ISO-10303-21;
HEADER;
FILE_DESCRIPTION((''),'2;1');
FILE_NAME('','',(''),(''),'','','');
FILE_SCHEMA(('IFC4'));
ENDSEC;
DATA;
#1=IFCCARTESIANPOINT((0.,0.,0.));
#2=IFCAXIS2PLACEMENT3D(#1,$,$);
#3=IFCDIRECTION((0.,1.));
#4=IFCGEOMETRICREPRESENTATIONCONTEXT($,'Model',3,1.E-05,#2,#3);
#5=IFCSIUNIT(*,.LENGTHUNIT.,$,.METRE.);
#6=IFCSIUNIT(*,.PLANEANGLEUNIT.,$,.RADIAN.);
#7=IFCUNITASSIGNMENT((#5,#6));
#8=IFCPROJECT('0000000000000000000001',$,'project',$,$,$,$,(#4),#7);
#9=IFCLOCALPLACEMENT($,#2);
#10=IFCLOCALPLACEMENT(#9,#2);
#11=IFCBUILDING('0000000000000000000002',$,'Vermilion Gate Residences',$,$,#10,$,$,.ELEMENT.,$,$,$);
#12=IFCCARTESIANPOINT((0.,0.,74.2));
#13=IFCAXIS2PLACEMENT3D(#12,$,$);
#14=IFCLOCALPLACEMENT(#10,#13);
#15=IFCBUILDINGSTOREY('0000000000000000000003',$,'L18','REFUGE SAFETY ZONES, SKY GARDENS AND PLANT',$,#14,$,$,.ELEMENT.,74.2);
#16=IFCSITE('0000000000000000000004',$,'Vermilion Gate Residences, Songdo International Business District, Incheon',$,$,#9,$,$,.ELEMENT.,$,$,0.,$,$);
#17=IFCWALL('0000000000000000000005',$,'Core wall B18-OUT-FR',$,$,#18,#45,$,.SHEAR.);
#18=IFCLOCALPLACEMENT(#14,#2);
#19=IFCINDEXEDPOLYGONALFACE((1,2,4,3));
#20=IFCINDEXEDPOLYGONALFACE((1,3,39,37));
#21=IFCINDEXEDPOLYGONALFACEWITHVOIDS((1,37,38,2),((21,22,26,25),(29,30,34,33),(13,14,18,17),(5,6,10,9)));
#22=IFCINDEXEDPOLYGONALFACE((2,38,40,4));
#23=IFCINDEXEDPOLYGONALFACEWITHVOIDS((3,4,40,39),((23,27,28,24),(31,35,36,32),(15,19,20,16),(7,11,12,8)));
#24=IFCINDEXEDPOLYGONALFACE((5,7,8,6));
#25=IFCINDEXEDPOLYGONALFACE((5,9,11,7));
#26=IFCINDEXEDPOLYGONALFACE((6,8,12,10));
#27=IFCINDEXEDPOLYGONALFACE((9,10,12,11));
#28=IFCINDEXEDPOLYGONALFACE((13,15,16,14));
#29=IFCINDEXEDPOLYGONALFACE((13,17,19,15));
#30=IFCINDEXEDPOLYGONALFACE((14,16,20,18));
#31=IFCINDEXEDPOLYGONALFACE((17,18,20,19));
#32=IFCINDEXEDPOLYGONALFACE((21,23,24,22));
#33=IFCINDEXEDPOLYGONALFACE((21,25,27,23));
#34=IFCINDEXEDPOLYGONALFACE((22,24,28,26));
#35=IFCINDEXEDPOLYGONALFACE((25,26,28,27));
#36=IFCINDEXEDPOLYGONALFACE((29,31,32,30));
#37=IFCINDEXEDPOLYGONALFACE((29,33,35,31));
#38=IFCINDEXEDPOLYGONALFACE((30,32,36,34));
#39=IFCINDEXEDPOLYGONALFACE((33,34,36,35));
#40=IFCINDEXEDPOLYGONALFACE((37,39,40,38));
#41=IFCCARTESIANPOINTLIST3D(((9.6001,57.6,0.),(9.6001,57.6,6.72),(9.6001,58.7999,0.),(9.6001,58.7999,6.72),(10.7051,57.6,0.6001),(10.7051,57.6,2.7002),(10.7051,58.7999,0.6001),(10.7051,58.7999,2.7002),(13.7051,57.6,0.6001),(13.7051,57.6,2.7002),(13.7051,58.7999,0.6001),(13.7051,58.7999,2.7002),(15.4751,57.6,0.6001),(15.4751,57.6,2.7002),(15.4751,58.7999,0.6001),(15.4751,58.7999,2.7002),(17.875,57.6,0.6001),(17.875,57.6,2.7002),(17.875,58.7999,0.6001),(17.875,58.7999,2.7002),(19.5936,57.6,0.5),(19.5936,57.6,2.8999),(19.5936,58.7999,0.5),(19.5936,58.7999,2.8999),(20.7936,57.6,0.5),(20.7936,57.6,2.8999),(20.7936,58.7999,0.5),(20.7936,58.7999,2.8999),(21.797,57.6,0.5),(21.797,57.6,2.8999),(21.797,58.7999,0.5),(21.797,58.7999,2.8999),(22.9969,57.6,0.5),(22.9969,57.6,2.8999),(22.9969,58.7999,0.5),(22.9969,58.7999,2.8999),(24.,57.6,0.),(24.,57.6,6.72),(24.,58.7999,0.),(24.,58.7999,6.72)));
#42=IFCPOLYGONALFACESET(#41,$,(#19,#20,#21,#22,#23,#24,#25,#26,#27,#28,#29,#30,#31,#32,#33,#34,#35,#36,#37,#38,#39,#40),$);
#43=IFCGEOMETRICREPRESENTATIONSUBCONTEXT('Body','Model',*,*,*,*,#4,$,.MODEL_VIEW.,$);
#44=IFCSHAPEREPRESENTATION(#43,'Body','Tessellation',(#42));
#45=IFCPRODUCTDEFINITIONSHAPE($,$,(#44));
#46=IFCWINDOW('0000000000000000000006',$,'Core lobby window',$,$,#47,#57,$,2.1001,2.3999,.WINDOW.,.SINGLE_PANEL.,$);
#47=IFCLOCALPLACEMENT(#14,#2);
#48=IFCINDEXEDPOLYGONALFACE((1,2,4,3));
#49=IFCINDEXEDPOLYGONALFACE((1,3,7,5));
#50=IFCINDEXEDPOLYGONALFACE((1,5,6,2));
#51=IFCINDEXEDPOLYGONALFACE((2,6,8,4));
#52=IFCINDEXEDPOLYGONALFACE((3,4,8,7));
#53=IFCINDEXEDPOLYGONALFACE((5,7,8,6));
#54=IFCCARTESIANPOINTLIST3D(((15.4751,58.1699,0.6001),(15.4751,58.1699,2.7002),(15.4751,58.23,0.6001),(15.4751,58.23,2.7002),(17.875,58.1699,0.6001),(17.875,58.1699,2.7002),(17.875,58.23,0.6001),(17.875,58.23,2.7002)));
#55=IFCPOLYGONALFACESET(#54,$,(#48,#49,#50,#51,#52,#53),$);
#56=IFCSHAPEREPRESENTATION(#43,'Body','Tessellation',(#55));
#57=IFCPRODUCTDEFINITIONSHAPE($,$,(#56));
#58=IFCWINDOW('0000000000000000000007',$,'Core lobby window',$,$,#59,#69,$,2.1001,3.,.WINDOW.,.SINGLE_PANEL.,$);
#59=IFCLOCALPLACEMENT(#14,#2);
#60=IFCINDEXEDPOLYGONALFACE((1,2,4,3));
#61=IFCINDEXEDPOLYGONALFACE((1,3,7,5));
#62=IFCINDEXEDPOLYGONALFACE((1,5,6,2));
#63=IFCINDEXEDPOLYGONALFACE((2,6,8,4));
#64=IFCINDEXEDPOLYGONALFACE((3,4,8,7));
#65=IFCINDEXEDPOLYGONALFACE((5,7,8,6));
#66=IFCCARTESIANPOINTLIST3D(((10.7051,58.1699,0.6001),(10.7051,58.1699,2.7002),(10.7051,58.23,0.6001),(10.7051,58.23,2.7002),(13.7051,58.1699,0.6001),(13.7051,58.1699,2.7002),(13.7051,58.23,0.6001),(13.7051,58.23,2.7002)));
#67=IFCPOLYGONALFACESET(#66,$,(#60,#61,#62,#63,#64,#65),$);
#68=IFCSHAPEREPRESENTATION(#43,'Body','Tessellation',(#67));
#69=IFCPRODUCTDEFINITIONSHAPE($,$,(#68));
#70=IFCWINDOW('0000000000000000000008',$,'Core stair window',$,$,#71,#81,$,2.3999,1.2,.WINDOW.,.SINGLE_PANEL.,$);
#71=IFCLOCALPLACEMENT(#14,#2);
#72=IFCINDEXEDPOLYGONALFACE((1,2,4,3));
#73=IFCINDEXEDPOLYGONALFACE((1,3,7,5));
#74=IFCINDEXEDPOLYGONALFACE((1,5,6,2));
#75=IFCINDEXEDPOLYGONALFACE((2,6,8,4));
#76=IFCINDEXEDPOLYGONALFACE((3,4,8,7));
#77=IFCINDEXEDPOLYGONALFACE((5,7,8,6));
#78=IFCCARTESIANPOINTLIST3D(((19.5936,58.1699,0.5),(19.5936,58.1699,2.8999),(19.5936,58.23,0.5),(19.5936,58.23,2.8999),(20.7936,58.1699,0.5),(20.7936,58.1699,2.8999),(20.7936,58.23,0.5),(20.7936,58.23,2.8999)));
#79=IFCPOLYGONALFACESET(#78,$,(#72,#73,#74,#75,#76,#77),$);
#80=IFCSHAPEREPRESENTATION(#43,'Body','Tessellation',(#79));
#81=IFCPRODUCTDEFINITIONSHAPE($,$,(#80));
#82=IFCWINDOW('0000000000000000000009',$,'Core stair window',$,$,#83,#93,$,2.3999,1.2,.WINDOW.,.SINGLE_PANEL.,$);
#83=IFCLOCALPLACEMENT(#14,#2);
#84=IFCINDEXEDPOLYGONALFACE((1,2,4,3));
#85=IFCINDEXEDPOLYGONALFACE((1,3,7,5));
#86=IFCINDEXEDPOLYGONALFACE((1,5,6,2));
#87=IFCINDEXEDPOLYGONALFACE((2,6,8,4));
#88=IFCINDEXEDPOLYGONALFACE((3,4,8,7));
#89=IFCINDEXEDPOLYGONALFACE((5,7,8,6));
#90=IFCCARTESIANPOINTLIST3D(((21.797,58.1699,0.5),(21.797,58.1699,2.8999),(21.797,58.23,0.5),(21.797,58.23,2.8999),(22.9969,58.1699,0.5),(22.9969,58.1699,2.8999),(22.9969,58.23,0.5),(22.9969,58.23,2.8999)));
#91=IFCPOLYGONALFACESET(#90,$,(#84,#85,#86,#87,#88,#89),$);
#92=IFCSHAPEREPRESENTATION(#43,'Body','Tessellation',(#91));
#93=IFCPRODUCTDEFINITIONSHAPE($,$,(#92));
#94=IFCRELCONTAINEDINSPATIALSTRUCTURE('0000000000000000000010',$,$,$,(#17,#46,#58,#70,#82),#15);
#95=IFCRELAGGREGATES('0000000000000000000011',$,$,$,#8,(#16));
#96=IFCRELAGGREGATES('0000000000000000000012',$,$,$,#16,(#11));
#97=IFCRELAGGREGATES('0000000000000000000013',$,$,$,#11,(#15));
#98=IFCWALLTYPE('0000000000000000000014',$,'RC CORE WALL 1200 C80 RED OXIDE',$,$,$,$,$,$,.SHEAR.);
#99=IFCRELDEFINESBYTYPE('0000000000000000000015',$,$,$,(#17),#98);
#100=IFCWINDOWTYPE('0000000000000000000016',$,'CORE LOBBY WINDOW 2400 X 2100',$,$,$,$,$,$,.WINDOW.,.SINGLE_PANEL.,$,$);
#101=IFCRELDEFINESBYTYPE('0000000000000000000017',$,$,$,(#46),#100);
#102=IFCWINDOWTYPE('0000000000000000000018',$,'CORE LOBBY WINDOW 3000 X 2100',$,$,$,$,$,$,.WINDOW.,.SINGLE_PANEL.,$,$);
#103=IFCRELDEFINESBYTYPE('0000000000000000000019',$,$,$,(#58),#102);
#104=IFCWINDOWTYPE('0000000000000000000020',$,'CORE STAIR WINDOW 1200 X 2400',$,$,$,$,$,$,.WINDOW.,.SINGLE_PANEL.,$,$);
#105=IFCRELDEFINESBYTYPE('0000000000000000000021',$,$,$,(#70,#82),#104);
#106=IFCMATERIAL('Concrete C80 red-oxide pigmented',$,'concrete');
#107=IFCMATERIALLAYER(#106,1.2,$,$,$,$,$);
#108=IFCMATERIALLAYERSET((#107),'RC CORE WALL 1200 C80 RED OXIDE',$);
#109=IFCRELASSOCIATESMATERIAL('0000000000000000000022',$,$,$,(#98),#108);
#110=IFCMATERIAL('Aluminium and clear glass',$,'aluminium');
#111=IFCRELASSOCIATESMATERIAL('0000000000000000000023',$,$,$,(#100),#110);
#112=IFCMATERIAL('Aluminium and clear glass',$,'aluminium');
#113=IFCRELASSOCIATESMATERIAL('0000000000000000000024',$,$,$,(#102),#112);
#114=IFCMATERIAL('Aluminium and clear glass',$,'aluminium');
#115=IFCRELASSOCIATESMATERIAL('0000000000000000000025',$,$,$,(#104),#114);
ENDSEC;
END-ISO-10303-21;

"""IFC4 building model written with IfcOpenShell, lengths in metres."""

from ifc_helpers import new_model, si_unit, direction, frame, frame_2d, origin, place, context, subcontext, project, spatial, rectangle, extrude, material, layer, layer_set, type_object, element, fill, save


model = new_model("IFC4")

# Units and contexts
model_context = context("Model", 3, precision=1e-05, world=origin(), true_north=direction((0.0, 1.0)))
body_context = subcontext(model_context, "Body", "Model", "MODEL_VIEW")
ifc_project = project(units=[si_unit("LENGTHUNIT", "METRE"), si_unit("PLANEANGLEUNIT", "RADIAN")], contexts=[model_context])

# Site, building, storey
site_placement = place(None, origin())
site = spatial("IfcSite", under=ifc_project, at=site_placement, Name="Vermilion Gate Residences, Songdo International Business District, Incheon", CompositionType="ELEMENT", RefElevation=0.0)
building_placement = place(site_placement, origin())
building = spatial("IfcBuilding", under=site, at=building_placement, Name="Vermilion Gate Residences", CompositionType="ELEMENT")
storey_placement = place(building_placement, frame((0.0, 0.0, 74.2)))
storey = spatial("IfcBuildingStorey", under=building, at=storey_placement, Name="L18", Description="REFUGE SAFETY ZONES, SKY GARDENS AND PLANT", CompositionType="ELEMENT", Elevation=74.2)

# Wall, openings, windows
ifc_material_1 = material(Name="Concrete C80 red-oxide pigmented", Category="concrete")
ifc_layer_1 = layer(ifc_material_1, 1.2)
ifc_layer_set_1 = layer_set([ifc_layer_1], Name="RC CORE WALL 1200 C80 RED OXIDE")
wall_type_1 = type_object("IfcWallType", Name="RC CORE WALL 1200 C80 RED OXIDE", PredefinedType="SHEAR", material=ifc_layer_set_1)
wall_1_placement = place(storey_placement, frame((9.6001, 58.2, 0.0), z_axis=(0.0, 0.0, 1.0), x_axis=(1.0, 0.0, 0.0)))
wall_1 = element("IfcWall", 1, at=wall_1_placement, inside=storey, type_object=wall_type_1, Name="Core wall B18-OUT-FR", PredefinedType="SHEAR", context=body_context, shape_type="SweptSolid", body=[
    extrude(rectangle(XDim=14.3999, YDim=1.2, at=frame_2d((7.2, 0.0))), origin(), (0.0, 0.0, 1.0), 6.72),
])
opening_1_placement = place(wall_1_placement, frame((1.105, 0.0, 0.6001)))
opening_1 = element("IfcOpeningElement", 2, at=opening_1_placement, cuts=wall_1, PredefinedType="OPENING", context=body_context, shape_type="SweptSolid", body=[
    extrude(rectangle(XDim=3.0, YDim=2.1001, at=frame_2d((1.5, 1.05))), frame((0.0, 0.6099, 0.0), z_axis=(0.0, -1.0, 0.0), x_axis=(1.0, 0.0, 0.0)), (0.0, 0.0, 1.0), 1.22),
])
opening_2_placement = place(wall_1_placement, frame((5.875, 0.0, 0.6001)))
opening_2 = element("IfcOpeningElement", 3, at=opening_2_placement, cuts=wall_1, PredefinedType="OPENING", context=body_context, shape_type="SweptSolid", body=[
    extrude(rectangle(XDim=2.3999, YDim=2.1001, at=frame_2d((1.2, 1.05))), frame((0.0, 0.6099, 0.0), z_axis=(0.0, -1.0, 0.0), x_axis=(1.0, 0.0, 0.0)), (0.0, 0.0, 1.0), 1.22),
])
opening_3_placement = place(wall_1_placement, frame((9.9934, 0.0, 0.5)))
opening_3 = element("IfcOpeningElement", 4, at=opening_3_placement, cuts=wall_1, PredefinedType="OPENING", context=body_context, shape_type="SweptSolid", body=[
    extrude(rectangle(XDim=1.2, YDim=2.3999, at=frame_2d((0.6001, 1.2))), frame((0.0, 0.6099, 0.0), z_axis=(0.0, -1.0, 0.0), x_axis=(1.0, 0.0, 0.0)), (0.0, 0.0, 1.0), 1.22),
])
opening_4_placement = place(wall_1_placement, frame((12.1968, 0.0, 0.5)))
opening_4 = element("IfcOpeningElement", 5, at=opening_4_placement, cuts=wall_1, PredefinedType="OPENING", context=body_context, shape_type="SweptSolid", body=[
    extrude(rectangle(XDim=1.2, YDim=2.3999, at=frame_2d((0.6001, 1.2))), frame((0.0, 0.6099, 0.0), z_axis=(0.0, -1.0, 0.0), x_axis=(1.0, 0.0, 0.0)), (0.0, 0.0, 1.0), 1.22),
])
ifc_material_2 = material(Name="Aluminium and clear glass", Category="aluminium")
window_type_1 = type_object("IfcWindowType", Name="CORE LOBBY WINDOW 2400 X 2100", PartitioningType="SINGLE_PANEL", PredefinedType="WINDOW", material=ifc_material_2)
window_1_placement = place(opening_2_placement, origin())
window_1 = element("IfcWindow", 6, at=window_1_placement, inside=storey, type_object=window_type_1, Name="Core lobby window", OverallHeight=2.1001, OverallWidth=2.3999, PartitioningType="SINGLE_PANEL", PredefinedType="WINDOW", context=body_context, shape_type="SweptSolid", body=[
    extrude(rectangle(XDim=2.3999, YDim=2.1001, at=frame_2d((1.2, 1.05))), frame((0.0, 0.03, 0.0), z_axis=(0.0, -1.0, 0.0), x_axis=(1.0, 0.0, 0.0)), (0.0, 0.0, 1.0), 0.0601),
])
fill(opening_2, window_1)
ifc_material_3 = material(Name="Aluminium and clear glass", Category="aluminium")
window_type_2 = type_object("IfcWindowType", Name="CORE LOBBY WINDOW 3000 X 2100", PartitioningType="SINGLE_PANEL", PredefinedType="WINDOW", material=ifc_material_3)
window_2_placement = place(opening_1_placement, origin())
window_2 = element("IfcWindow", 7, at=window_2_placement, inside=storey, type_object=window_type_2, Name="Core lobby window", OverallHeight=2.1001, OverallWidth=3.0, PartitioningType="SINGLE_PANEL", PredefinedType="WINDOW", context=body_context, shape_type="SweptSolid", body=[
    extrude(rectangle(XDim=3.0, YDim=2.1001, at=frame_2d((1.5, 1.05))), frame((0.0, 0.03, 0.0), z_axis=(0.0, -1.0, 0.0), x_axis=(1.0, 0.0, 0.0)), (0.0, 0.0, 1.0), 0.0601),
])
fill(opening_1, window_2)
ifc_material_4 = material(Name="Aluminium and clear glass", Category="aluminium")
window_type_3 = type_object("IfcWindowType", Name="CORE STAIR WINDOW 1200 X 2400", PartitioningType="SINGLE_PANEL", PredefinedType="WINDOW", material=ifc_material_4)
window_3_placement = place(opening_3_placement, origin())
window_3 = element("IfcWindow", 8, at=window_3_placement, inside=storey, type_object=window_type_3, Name="Core stair window", OverallHeight=2.3999, OverallWidth=1.2, PartitioningType="SINGLE_PANEL", PredefinedType="WINDOW", context=body_context, shape_type="SweptSolid", body=[
    extrude(rectangle(XDim=1.2, YDim=2.3999, at=frame_2d((0.6001, 1.2))), frame((0.0, 0.03, 0.0), z_axis=(0.0, -1.0, 0.0), x_axis=(1.0, 0.0, 0.0)), (0.0, 0.0, 1.0), 0.0601),
])
fill(opening_3, window_3)
window_4_placement = place(opening_4_placement, origin())
window_4 = element("IfcWindow", 9, at=window_4_placement, inside=storey, type_object=window_type_3, Name="Core stair window", OverallHeight=2.3999, OverallWidth=1.2, PartitioningType="SINGLE_PANEL", PredefinedType="WINDOW", context=body_context, shape_type="SweptSolid", body=[
    extrude(rectangle(XDim=1.2, YDim=2.3999, at=frame_2d((0.6001, 1.2))), frame((0.0, 0.03, 0.0), z_axis=(0.0, -1.0, 0.0), x_axis=(1.0, 0.0, 0.0)), (0.0, 0.0, 1.0), 0.0601),
])
fill(opening_4, window_4)

save(model, "model.ifc")
